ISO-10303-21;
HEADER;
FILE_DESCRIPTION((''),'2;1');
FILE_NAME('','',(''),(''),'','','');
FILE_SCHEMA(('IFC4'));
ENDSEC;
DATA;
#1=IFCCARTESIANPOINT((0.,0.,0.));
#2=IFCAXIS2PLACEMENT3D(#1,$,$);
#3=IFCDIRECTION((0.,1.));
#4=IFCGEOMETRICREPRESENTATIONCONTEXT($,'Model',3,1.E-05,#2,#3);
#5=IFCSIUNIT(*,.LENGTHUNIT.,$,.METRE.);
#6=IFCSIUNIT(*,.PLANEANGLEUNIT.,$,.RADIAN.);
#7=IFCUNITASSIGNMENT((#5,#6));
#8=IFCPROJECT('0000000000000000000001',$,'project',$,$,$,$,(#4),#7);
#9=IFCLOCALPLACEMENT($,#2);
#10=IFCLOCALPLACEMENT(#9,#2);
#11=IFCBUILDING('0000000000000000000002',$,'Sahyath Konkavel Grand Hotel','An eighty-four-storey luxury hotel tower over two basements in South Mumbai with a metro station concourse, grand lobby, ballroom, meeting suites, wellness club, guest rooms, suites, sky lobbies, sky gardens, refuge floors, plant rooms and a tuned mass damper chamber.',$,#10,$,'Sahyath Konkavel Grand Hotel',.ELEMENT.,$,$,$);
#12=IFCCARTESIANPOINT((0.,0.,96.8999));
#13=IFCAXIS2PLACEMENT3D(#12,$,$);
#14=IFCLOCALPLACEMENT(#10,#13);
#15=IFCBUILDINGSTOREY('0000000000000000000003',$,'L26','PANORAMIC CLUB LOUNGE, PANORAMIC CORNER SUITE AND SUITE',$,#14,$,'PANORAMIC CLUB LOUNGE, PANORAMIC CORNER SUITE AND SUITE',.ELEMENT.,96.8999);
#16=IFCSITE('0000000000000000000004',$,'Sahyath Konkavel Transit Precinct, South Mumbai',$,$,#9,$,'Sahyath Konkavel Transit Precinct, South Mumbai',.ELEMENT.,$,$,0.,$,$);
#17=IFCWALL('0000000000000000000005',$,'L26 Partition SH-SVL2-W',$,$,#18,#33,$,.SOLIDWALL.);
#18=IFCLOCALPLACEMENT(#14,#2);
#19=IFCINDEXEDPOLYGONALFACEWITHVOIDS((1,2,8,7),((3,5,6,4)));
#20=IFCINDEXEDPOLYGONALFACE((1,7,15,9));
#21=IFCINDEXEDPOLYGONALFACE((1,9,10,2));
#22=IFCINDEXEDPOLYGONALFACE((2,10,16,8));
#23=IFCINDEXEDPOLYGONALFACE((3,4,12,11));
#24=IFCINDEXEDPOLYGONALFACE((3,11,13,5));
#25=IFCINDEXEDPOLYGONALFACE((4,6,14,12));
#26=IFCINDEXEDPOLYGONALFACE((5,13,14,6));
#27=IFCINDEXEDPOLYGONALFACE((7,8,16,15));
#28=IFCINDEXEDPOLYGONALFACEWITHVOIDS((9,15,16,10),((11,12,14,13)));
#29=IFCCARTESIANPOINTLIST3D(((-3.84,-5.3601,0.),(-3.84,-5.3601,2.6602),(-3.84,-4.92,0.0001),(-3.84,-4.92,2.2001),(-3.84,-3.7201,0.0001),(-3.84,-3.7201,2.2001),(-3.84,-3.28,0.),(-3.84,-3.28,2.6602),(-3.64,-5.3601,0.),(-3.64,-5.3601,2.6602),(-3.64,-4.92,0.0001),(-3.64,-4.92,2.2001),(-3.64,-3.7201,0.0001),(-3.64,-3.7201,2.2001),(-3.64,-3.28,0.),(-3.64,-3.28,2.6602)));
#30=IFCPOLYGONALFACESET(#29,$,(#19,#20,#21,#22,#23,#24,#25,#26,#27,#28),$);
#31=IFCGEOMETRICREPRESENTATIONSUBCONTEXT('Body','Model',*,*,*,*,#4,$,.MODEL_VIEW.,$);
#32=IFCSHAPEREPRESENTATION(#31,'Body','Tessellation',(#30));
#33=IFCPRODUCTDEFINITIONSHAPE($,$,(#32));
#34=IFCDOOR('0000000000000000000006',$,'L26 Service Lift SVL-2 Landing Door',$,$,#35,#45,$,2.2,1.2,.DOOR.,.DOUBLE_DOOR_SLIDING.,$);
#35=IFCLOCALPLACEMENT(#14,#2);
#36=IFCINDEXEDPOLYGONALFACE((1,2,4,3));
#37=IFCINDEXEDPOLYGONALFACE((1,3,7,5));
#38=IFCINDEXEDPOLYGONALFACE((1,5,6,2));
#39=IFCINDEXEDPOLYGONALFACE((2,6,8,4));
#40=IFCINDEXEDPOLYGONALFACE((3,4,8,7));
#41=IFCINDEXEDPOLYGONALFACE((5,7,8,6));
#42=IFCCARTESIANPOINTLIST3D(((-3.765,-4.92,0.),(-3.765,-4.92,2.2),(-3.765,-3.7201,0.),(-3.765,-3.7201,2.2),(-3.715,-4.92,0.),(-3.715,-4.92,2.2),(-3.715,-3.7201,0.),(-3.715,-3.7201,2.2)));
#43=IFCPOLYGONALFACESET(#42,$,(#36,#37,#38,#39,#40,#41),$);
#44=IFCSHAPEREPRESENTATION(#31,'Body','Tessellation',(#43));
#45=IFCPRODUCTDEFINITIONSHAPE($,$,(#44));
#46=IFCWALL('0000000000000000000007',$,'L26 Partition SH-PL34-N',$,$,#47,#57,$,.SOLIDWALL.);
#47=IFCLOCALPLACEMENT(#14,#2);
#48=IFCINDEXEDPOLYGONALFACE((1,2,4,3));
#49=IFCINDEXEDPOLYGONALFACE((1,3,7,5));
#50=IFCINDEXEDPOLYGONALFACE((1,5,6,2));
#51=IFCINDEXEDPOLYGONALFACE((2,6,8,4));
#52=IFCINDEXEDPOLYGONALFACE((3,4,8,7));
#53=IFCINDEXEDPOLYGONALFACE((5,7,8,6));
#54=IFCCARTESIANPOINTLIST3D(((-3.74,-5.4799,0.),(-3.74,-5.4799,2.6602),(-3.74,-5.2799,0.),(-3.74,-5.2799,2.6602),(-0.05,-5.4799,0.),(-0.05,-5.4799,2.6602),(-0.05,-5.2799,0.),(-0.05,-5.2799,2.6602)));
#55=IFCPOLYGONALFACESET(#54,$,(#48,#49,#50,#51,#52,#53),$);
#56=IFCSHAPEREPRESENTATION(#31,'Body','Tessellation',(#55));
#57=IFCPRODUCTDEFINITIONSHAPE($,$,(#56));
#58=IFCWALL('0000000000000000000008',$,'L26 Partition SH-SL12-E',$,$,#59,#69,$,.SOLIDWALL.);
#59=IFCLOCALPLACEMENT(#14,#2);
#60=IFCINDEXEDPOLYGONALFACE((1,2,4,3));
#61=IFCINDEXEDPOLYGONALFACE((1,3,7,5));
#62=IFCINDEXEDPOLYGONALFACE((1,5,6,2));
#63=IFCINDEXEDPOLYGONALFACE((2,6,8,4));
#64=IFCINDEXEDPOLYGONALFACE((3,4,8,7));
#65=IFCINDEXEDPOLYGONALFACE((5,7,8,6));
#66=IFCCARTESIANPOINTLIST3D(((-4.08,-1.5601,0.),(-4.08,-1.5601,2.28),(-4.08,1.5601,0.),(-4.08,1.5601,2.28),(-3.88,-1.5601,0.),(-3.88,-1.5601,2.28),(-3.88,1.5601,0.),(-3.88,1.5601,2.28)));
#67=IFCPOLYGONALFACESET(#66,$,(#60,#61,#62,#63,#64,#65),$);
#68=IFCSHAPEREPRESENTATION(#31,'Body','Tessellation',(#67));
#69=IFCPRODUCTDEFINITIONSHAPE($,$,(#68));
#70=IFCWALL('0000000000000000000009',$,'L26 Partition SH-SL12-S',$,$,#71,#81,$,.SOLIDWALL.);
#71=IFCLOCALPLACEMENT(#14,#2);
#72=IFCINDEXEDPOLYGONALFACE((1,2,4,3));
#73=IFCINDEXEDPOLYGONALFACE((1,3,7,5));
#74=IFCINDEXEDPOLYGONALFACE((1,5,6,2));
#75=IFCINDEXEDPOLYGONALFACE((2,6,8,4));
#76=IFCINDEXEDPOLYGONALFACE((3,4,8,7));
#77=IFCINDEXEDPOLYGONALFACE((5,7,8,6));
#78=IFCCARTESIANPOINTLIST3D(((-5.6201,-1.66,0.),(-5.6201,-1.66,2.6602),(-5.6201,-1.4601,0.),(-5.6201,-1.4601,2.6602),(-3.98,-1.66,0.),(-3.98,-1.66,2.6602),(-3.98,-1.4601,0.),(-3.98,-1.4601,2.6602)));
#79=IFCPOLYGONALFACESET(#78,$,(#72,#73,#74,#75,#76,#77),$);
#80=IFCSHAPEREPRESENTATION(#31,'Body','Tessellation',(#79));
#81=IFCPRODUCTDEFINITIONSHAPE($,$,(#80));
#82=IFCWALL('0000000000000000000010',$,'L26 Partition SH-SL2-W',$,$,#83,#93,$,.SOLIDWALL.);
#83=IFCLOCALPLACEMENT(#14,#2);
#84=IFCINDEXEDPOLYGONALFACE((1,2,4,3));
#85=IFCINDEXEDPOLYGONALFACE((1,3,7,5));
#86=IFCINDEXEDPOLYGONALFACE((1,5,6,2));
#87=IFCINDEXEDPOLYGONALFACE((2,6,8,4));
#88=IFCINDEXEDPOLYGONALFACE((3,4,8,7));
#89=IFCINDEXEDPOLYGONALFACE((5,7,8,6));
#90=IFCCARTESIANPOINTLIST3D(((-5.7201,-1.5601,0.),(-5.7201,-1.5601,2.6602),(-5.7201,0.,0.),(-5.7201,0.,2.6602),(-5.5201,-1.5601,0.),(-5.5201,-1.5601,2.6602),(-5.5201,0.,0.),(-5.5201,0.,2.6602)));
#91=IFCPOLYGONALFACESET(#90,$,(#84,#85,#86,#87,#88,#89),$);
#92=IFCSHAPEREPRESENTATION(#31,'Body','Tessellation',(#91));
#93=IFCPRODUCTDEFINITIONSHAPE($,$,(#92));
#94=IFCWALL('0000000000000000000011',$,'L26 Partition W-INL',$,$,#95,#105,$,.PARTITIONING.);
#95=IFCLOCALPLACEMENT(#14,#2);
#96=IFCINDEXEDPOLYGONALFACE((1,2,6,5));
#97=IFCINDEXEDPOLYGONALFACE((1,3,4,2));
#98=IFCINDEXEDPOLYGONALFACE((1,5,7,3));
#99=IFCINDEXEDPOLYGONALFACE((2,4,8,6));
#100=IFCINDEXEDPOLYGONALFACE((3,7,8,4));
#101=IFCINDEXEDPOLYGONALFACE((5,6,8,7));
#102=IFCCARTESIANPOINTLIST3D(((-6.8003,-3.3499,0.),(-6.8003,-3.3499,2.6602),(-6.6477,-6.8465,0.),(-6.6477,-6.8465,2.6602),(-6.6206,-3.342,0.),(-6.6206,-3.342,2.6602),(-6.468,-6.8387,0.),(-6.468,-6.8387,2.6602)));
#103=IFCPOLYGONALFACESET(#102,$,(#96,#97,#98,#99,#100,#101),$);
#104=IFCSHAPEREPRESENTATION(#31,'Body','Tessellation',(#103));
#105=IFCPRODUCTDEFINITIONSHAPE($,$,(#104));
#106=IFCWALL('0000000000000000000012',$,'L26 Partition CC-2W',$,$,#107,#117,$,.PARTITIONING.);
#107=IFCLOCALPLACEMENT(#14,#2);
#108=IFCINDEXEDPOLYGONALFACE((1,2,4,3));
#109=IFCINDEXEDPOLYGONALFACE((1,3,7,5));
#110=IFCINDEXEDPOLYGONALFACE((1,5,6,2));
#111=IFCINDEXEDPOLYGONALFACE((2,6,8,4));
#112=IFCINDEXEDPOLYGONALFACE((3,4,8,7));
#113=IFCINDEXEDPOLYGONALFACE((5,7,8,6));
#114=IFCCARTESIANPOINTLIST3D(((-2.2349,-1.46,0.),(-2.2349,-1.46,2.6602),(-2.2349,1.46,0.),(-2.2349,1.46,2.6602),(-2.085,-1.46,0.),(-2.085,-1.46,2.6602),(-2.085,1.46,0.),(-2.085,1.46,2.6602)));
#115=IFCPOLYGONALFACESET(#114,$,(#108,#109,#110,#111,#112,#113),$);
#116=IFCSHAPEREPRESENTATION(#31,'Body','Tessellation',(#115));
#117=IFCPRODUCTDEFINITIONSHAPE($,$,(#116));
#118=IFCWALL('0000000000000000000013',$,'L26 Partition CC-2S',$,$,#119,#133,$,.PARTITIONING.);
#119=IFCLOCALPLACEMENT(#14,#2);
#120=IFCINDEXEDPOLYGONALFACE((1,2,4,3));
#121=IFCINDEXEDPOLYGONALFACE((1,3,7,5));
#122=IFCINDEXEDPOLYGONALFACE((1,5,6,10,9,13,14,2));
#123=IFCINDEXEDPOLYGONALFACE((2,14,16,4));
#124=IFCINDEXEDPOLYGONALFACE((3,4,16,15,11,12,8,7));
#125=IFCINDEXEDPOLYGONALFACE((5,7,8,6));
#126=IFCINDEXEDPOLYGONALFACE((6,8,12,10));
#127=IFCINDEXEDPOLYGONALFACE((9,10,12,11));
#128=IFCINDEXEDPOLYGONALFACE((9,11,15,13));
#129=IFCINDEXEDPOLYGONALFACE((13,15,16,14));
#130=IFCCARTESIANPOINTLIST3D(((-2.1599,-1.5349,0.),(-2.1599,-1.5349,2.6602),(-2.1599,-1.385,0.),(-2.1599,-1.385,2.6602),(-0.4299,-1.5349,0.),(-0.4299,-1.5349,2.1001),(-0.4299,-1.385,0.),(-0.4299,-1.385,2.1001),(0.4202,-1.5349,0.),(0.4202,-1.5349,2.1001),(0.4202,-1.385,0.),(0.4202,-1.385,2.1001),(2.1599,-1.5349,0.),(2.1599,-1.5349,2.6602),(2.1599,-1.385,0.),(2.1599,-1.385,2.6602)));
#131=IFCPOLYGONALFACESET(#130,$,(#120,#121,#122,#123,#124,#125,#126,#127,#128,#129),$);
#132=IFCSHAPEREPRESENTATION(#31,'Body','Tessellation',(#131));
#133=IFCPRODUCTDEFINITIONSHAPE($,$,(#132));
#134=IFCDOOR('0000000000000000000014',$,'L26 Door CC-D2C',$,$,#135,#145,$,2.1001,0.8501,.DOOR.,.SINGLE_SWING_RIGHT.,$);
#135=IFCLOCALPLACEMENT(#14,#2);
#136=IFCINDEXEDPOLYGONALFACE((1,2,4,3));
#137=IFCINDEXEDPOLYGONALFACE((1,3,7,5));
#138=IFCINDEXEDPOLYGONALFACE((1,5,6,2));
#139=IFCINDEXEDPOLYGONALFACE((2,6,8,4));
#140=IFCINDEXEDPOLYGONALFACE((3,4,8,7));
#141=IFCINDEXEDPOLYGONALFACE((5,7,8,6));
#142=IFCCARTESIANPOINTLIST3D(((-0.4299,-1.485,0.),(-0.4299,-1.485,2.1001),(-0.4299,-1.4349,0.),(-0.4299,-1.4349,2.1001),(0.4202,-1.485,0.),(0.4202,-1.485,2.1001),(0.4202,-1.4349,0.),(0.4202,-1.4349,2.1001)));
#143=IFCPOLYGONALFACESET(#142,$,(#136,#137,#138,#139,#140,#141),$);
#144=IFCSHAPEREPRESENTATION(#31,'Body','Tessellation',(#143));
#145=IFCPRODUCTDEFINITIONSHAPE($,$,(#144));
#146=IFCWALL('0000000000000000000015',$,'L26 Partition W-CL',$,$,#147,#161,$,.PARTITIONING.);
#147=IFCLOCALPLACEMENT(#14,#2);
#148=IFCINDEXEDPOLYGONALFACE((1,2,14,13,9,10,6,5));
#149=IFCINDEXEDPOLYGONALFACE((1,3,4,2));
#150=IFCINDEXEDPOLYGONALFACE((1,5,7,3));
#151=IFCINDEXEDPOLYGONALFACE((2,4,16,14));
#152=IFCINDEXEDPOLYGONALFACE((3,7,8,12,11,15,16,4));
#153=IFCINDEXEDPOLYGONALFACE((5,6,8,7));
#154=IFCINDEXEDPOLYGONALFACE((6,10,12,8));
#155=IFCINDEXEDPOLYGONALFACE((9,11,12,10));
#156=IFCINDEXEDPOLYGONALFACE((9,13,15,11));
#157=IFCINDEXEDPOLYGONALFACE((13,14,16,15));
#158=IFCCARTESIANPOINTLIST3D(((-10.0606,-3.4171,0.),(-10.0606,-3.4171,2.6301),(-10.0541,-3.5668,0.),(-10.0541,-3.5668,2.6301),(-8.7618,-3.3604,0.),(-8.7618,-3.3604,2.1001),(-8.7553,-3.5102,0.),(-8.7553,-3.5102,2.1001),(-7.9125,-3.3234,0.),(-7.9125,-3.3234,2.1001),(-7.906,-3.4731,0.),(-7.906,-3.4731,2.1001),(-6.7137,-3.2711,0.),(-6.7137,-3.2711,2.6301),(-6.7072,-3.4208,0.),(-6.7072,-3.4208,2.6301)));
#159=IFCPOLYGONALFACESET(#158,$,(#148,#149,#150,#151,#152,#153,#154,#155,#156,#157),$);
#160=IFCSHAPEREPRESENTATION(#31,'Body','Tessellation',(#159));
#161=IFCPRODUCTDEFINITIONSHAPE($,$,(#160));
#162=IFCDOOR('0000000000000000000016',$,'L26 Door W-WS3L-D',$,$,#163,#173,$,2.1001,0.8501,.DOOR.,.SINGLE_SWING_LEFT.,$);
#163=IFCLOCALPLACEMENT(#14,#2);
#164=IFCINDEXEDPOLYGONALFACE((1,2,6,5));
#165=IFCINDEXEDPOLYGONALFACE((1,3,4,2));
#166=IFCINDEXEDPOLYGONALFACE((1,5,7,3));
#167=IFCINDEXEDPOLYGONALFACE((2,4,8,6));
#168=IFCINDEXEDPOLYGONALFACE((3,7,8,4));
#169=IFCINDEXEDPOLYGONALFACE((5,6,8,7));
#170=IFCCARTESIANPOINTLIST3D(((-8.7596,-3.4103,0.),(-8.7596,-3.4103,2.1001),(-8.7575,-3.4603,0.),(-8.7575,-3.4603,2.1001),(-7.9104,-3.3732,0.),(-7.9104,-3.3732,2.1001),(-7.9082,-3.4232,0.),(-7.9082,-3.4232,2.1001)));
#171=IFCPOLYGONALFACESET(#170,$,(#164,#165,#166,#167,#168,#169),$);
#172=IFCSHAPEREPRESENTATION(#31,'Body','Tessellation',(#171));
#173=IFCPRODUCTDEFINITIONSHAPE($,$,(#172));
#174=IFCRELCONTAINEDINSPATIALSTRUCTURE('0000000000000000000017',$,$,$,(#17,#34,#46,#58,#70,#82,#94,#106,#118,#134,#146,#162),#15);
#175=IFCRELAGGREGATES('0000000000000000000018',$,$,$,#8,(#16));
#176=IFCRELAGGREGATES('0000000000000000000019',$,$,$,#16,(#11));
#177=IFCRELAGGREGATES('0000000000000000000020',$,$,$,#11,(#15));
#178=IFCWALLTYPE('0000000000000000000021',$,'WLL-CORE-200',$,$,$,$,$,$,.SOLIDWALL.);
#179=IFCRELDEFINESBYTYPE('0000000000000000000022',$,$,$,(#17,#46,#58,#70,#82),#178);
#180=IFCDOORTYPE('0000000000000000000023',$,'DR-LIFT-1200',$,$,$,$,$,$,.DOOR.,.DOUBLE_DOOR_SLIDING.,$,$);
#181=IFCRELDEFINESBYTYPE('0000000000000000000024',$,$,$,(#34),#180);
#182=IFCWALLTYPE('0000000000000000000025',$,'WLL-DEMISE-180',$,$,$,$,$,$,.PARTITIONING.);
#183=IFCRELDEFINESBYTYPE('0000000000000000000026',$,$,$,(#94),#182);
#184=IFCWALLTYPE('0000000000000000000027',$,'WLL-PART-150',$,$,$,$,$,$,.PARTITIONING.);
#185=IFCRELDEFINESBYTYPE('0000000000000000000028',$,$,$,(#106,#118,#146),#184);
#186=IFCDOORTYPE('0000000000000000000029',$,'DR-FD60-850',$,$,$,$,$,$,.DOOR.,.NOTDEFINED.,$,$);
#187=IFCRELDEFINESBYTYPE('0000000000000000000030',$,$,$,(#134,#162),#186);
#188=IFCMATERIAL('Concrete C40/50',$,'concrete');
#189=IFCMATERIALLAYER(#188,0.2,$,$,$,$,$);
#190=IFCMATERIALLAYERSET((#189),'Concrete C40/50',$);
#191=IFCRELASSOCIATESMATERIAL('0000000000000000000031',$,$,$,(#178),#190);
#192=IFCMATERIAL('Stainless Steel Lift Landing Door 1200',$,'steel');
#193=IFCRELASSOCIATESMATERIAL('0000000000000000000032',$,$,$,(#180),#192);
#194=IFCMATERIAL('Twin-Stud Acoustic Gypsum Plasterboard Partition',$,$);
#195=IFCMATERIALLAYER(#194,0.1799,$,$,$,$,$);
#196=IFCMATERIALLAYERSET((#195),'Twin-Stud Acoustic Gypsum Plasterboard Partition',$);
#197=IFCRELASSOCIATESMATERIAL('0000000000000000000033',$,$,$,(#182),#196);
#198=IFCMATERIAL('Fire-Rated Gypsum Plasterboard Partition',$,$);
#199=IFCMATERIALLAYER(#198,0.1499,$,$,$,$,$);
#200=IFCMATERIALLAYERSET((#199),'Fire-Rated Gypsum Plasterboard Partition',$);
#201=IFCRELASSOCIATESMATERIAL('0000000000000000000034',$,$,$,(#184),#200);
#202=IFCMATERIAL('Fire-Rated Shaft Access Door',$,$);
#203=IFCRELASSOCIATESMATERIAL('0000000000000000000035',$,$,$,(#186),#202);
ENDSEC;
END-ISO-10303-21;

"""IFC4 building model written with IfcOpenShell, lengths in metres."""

from ifc_helpers import new_model, si_unit, direction, frame, frame_2d, origin, origin_2d, place, context, subcontext, project, spatial, rectangle, extrude, source, transform, mapped, material, layer, layer_set, type_object, element, fill, save


model = new_model("IFC4")

# Units and contexts
model_context = context("Model", 3, precision=1e-05, world=origin(), true_north=direction((0.0, 1.0)))
body_context = subcontext(model_context, "Body", "Model", "MODEL_VIEW")
ifc_project = project(units=[si_unit("LENGTHUNIT", "METRE"), si_unit("PLANEANGLEUNIT", "RADIAN")], contexts=[model_context])

# Site, building, storey
site_placement = place(None, origin())
site = spatial("IfcSite", under=ifc_project, at=site_placement, Name="Sahyath Konkavel Transit Precinct, South Mumbai", LongName="Sahyath Konkavel Transit Precinct, South Mumbai", CompositionType="ELEMENT", RefElevation=0.0)
building_placement = place(site_placement, origin())
building = spatial("IfcBuilding", under=site, at=building_placement, Name="Sahyath Konkavel Grand Hotel", Description="An eighty-four-storey luxury hotel tower over two basements in South Mumbai with a metro station concourse, grand lobby, ballroom, meeting suites, wellness club, guest rooms, suites, sky lobbies, sky gardens, refuge floors, plant rooms and a tuned mass damper chamber.", LongName="Sahyath Konkavel Grand Hotel", CompositionType="ELEMENT")
storey_placement = place(building_placement, frame((0.0, 0.0, 96.8999)))
storey = spatial("IfcBuildingStorey", under=building, at=storey_placement, Name="L26", Description="PANORAMIC CLUB LOUNGE, PANORAMIC CORNER SUITE AND SUITE", LongName="PANORAMIC CLUB LOUNGE, PANORAMIC CORNER SUITE AND SUITE", CompositionType="ELEMENT", Elevation=96.8999)

# Shared definitions
ifc_material_1 = material(Name="Concrete C40/50", Category="concrete")
ifc_layer_1 = layer(ifc_material_1, 0.2)
ifc_layer_set_1 = layer_set([ifc_layer_1], Name="Concrete C40/50")
wall_type_1 = type_object("IfcWallType", Name="WLL-CORE-200", PredefinedType="SOLIDWALL", material=ifc_layer_set_1)

# Wall, opening, door
wall_1_placement = place(storey_placement, frame((-3.74, -5.3601, 0.0), z_axis=(0.0, 0.0, 1.0), x_axis=(0.0, 1.0, 0.0)))
wall_1 = element("IfcWall", 1, at=wall_1_placement, inside=storey, type_object=wall_type_1, Name="L26 Partition SH-SVL2-W", PredefinedType="SOLIDWALL", context=body_context, shape_type="SweptSolid", body=[
    extrude(rectangle(XDim=2.0801, YDim=0.2, at=frame_2d((1.04, 0.0))), origin(), (0.0, 0.0, 1.0), 2.6602),
])
opening_1_placement = place(wall_1_placement, frame((0.4399, 0.0, 0.0)))
opening_1 = element("IfcOpeningElement", 2, at=opening_1_placement, cuts=wall_1, PredefinedType="OPENING", context=body_context, shape_type="SweptSolid", body=[
    extrude(rectangle(XDim=1.2, YDim=2.2, at=frame_2d((0.6001, 1.1001))), frame((0.0, 0.1099, 0.0), z_axis=(0.0, -1.0, 0.0), x_axis=(1.0, 0.0, 0.0)), (0.0, 0.0, 1.0), 0.22),
])
ifc_material_2 = material(Name="Stainless Steel Lift Landing Door 1200", Category="steel")
door_type_1 = type_object("IfcDoorType", Name="DR-LIFT-1200", OperationType="DOUBLE_DOOR_SLIDING", PredefinedType="DOOR", material=ifc_material_2)
shared_shape_1 = source(origin(), body_context, "Body", "SweptSolid", [
    extrude(rectangle(XDim=1.2, YDim=0.05, at=origin_2d()), origin(), (0.0, 0.0, 1.0), 2.2),
])
door_1_placement = place(opening_1_placement, frame((0.6001, 0.0, 0.0)))
door_1 = element("IfcDoor", 3, at=door_1_placement, inside=storey, type_object=door_type_1, Name="L26 Service Lift SVL-2 Landing Door", OperationType="DOUBLE_DOOR_SLIDING", OverallHeight=2.2, OverallWidth=1.2, PredefinedType="DOOR", context=body_context, shape_type="MappedRepresentation", body=[
    mapped(shared_shape_1, transform((0.0, 0.0, 0.0), scale=1.0)),
])
fill(opening_1, door_1)

# Walls
wall_2_placement = place(storey_placement, frame((-3.74, -5.3799, 0.0), z_axis=(0.0, 0.0, 1.0), x_axis=(1.0, 0.0, 0.0)))
element("IfcWall", 4, at=wall_2_placement, inside=storey, type_object=wall_type_1, Name="L26 Partition SH-PL34-N", PredefinedType="SOLIDWALL", context=body_context, shape_type="SweptSolid", body=[
    extrude(rectangle(XDim=3.6899, YDim=0.2, at=frame_2d((1.845, 0.0))), origin(), (0.0, 0.0, 1.0), 2.6602),
])
wall_3_placement = place(storey_placement, frame((-3.98, -1.5601, 0.0), z_axis=(0.0, 0.0, 1.0), x_axis=(0.0, 1.0, 0.0)))
element("IfcWall", 5, at=wall_3_placement, inside=storey, type_object=wall_type_1, Name="L26 Partition SH-SL12-E", PredefinedType="SOLIDWALL", context=body_context, shape_type="SweptSolid", body=[
    extrude(rectangle(XDim=3.1201, YDim=0.2, at=frame_2d((1.5601, 0.0))), origin(), (0.0, 0.0, 1.0), 2.28),
])
wall_4_placement = place(storey_placement, frame((-5.6201, -1.5601, 0.0), z_axis=(0.0, 0.0, 1.0), x_axis=(1.0, 0.0, 0.0)))
element("IfcWall", 6, at=wall_4_placement, inside=storey, type_object=wall_type_1, Name="L26 Partition SH-SL12-S", PredefinedType="SOLIDWALL", context=body_context, shape_type="SweptSolid", body=[
    extrude(rectangle(XDim=1.6401, YDim=0.2, at=frame_2d((0.8201, 0.0))), origin(), (0.0, 0.0, 1.0), 2.6602),
])
wall_5_placement = place(storey_placement, frame((-5.6201, -1.5601, 0.0), z_axis=(0.0, 0.0, 1.0), x_axis=(0.0, 1.0, 0.0)))
element("IfcWall", 7, at=wall_5_placement, inside=storey, type_object=wall_type_1, Name="L26 Partition SH-SL2-W", PredefinedType="SOLIDWALL", context=body_context, shape_type="SweptSolid", body=[
    extrude(rectangle(XDim=1.5601, YDim=0.2, at=frame_2d((0.78, 0.0))), origin(), (0.0, 0.0, 1.0), 2.6602),
])
ifc_material_3 = material(Name="Twin-Stud Acoustic Gypsum Plasterboard Partition")
ifc_layer_2 = layer(ifc_material_3, 0.1799)
ifc_layer_set_2 = layer_set([ifc_layer_2], Name="Twin-Stud Acoustic Gypsum Plasterboard Partition")
wall_type_2 = type_object("IfcWallType", Name="WLL-DEMISE-180", PredefinedType="PARTITIONING", material=ifc_layer_set_2)
wall_6_placement = place(storey_placement, frame((-6.7104, -3.3459, 0.0), z_axis=(0.0, 0.0, 1.0), x_axis=(0.043598, -0.999049, 0.0)))
element("IfcWall", 8, at=wall_6_placement, inside=storey, type_object=wall_type_2, Name="L26 Partition W-INL", PredefinedType="PARTITIONING", context=body_context, shape_type="SweptSolid", body=[
    extrude(rectangle(XDim=3.5, YDim=0.1799, at=frame_2d((1.75, 0.0))), origin(), (0.0, 0.0, 1.0), 2.6602),
])
ifc_material_4 = material(Name="Fire-Rated Gypsum Plasterboard Partition")
ifc_layer_3 = layer(ifc_material_4, 0.1499)
ifc_layer_set_3 = layer_set([ifc_layer_3], Name="Fire-Rated Gypsum Plasterboard Partition")
wall_type_3 = type_object("IfcWallType", Name="WLL-PART-150", PredefinedType="PARTITIONING", material=ifc_layer_set_3)
wall_7_placement = place(storey_placement, frame((-2.1599, -1.46, 0.0), z_axis=(0.0, 0.0, 1.0), x_axis=(0.0, 1.0, 0.0)))
element("IfcWall", 9, at=wall_7_placement, inside=storey, type_object=wall_type_3, Name="L26 Partition CC-2W", PredefinedType="PARTITIONING", context=body_context, shape_type="SweptSolid", body=[
    extrude(rectangle(XDim=2.9199, YDim=0.1499, at=frame_2d((1.46, 0.0))), origin(), (0.0, 0.0, 1.0), 2.6602),
])

# Walls, openings, doors
wall_8_placement = place(storey_placement, frame((-2.1599, -1.46, 0.0), z_axis=(0.0, 0.0, 1.0), x_axis=(1.0, 0.0, 0.0)))
wall_8 = element("IfcWall", 10, at=wall_8_placement, inside=storey, type_object=wall_type_3, Name="L26 Partition CC-2S", PredefinedType="PARTITIONING", context=body_context, shape_type="SweptSolid", body=[
    extrude(rectangle(XDim=4.3198, YDim=0.1499, at=frame_2d((2.1599, 0.0))), origin(), (0.0, 0.0, 1.0), 2.6602),
])
opening_2_placement = place(wall_8_placement, frame((1.73, 0.0, 0.0)))
opening_2 = element("IfcOpeningElement", 11, at=opening_2_placement, cuts=wall_8, PredefinedType="OPENING", context=body_context, shape_type="SweptSolid", body=[
    extrude(rectangle(XDim=0.8501, YDim=2.1001, at=frame_2d((0.425, 1.05))), frame((0.0, 0.085, 0.0), z_axis=(0.0, -1.0, 0.0), x_axis=(1.0, 0.0, 0.0)), (0.0, 0.0, 1.0), 0.1699),
])
ifc_material_5 = material(Name="Fire-Rated Shaft Access Door")
door_type_2 = type_object("IfcDoorType", Name="DR-FD60-850", OperationType="NOTDEFINED", PredefinedType="DOOR", material=ifc_material_5)
shared_shape_2 = source(origin(), body_context, "Body", "SweptSolid", [
    extrude(rectangle(XDim=0.8501, YDim=0.05, at=origin_2d()), origin(), (0.0, 0.0, 1.0), 2.1001),
])
door_2_placement = place(opening_2_placement, frame((0.425, 0.0, 0.0)))
door_2 = element("IfcDoor", 12, at=door_2_placement, inside=storey, type_object=door_type_2, Name="L26 Door CC-D2C", OperationType="SINGLE_SWING_RIGHT", OverallHeight=2.1001, OverallWidth=0.8501, PredefinedType="DOOR", context=body_context, shape_type="MappedRepresentation", body=[
    mapped(shared_shape_2, transform((0.0, 0.0, 0.0), scale=1.0)),
])
fill(opening_2, door_2)
wall_9_placement = place(storey_placement, frame((-6.7104, -3.3459, 0.0), z_axis=(0.0, 0.0, 1.0), x_axis=(-0.99905, -0.04358, 0.0)))
wall_9 = element("IfcWall", 13, at=wall_9_placement, inside=storey, type_object=wall_type_3, Name="L26 Partition W-CL", PredefinedType="PARTITIONING", context=body_context, shape_type="SweptSolid", body=[
    extrude(rectangle(XDim=3.3501, YDim=0.1499, at=frame_2d((1.675, 0.0))), origin(), (0.0, 0.0, 1.0), 2.6301),
])
opening_3_placement = place(wall_9_placement, frame((1.2, 0.0, 0.0)))
opening_3 = element("IfcOpeningElement", 14, at=opening_3_placement, cuts=wall_9, PredefinedType="OPENING", context=body_context, shape_type="SweptSolid", body=[
    extrude(rectangle(XDim=0.8501, YDim=2.1001, at=frame_2d((0.425, 1.05))), frame((0.0, 0.085, 0.0), z_axis=(0.0, -1.0, 0.0), x_axis=(1.0, 0.0, 0.0)), (0.0, 0.0, 1.0), 0.1699),
])
door_3_placement = place(opening_3_placement, frame((0.425, 0.0, 0.0)))
door_3 = element("IfcDoor", 15, at=door_3_placement, inside=storey, type_object=door_type_2, Name="L26 Door W-WS3L-D", OperationType="SINGLE_SWING_LEFT", OverallHeight=2.1001, OverallWidth=0.8501, PredefinedType="DOOR", context=body_context, shape_type="MappedRepresentation", body=[
    mapped(shared_shape_2, transform((0.0, 0.0, 0.0), scale=1.0)),
])
fill(opening_3, door_3)

save(model, "model.ifc")
